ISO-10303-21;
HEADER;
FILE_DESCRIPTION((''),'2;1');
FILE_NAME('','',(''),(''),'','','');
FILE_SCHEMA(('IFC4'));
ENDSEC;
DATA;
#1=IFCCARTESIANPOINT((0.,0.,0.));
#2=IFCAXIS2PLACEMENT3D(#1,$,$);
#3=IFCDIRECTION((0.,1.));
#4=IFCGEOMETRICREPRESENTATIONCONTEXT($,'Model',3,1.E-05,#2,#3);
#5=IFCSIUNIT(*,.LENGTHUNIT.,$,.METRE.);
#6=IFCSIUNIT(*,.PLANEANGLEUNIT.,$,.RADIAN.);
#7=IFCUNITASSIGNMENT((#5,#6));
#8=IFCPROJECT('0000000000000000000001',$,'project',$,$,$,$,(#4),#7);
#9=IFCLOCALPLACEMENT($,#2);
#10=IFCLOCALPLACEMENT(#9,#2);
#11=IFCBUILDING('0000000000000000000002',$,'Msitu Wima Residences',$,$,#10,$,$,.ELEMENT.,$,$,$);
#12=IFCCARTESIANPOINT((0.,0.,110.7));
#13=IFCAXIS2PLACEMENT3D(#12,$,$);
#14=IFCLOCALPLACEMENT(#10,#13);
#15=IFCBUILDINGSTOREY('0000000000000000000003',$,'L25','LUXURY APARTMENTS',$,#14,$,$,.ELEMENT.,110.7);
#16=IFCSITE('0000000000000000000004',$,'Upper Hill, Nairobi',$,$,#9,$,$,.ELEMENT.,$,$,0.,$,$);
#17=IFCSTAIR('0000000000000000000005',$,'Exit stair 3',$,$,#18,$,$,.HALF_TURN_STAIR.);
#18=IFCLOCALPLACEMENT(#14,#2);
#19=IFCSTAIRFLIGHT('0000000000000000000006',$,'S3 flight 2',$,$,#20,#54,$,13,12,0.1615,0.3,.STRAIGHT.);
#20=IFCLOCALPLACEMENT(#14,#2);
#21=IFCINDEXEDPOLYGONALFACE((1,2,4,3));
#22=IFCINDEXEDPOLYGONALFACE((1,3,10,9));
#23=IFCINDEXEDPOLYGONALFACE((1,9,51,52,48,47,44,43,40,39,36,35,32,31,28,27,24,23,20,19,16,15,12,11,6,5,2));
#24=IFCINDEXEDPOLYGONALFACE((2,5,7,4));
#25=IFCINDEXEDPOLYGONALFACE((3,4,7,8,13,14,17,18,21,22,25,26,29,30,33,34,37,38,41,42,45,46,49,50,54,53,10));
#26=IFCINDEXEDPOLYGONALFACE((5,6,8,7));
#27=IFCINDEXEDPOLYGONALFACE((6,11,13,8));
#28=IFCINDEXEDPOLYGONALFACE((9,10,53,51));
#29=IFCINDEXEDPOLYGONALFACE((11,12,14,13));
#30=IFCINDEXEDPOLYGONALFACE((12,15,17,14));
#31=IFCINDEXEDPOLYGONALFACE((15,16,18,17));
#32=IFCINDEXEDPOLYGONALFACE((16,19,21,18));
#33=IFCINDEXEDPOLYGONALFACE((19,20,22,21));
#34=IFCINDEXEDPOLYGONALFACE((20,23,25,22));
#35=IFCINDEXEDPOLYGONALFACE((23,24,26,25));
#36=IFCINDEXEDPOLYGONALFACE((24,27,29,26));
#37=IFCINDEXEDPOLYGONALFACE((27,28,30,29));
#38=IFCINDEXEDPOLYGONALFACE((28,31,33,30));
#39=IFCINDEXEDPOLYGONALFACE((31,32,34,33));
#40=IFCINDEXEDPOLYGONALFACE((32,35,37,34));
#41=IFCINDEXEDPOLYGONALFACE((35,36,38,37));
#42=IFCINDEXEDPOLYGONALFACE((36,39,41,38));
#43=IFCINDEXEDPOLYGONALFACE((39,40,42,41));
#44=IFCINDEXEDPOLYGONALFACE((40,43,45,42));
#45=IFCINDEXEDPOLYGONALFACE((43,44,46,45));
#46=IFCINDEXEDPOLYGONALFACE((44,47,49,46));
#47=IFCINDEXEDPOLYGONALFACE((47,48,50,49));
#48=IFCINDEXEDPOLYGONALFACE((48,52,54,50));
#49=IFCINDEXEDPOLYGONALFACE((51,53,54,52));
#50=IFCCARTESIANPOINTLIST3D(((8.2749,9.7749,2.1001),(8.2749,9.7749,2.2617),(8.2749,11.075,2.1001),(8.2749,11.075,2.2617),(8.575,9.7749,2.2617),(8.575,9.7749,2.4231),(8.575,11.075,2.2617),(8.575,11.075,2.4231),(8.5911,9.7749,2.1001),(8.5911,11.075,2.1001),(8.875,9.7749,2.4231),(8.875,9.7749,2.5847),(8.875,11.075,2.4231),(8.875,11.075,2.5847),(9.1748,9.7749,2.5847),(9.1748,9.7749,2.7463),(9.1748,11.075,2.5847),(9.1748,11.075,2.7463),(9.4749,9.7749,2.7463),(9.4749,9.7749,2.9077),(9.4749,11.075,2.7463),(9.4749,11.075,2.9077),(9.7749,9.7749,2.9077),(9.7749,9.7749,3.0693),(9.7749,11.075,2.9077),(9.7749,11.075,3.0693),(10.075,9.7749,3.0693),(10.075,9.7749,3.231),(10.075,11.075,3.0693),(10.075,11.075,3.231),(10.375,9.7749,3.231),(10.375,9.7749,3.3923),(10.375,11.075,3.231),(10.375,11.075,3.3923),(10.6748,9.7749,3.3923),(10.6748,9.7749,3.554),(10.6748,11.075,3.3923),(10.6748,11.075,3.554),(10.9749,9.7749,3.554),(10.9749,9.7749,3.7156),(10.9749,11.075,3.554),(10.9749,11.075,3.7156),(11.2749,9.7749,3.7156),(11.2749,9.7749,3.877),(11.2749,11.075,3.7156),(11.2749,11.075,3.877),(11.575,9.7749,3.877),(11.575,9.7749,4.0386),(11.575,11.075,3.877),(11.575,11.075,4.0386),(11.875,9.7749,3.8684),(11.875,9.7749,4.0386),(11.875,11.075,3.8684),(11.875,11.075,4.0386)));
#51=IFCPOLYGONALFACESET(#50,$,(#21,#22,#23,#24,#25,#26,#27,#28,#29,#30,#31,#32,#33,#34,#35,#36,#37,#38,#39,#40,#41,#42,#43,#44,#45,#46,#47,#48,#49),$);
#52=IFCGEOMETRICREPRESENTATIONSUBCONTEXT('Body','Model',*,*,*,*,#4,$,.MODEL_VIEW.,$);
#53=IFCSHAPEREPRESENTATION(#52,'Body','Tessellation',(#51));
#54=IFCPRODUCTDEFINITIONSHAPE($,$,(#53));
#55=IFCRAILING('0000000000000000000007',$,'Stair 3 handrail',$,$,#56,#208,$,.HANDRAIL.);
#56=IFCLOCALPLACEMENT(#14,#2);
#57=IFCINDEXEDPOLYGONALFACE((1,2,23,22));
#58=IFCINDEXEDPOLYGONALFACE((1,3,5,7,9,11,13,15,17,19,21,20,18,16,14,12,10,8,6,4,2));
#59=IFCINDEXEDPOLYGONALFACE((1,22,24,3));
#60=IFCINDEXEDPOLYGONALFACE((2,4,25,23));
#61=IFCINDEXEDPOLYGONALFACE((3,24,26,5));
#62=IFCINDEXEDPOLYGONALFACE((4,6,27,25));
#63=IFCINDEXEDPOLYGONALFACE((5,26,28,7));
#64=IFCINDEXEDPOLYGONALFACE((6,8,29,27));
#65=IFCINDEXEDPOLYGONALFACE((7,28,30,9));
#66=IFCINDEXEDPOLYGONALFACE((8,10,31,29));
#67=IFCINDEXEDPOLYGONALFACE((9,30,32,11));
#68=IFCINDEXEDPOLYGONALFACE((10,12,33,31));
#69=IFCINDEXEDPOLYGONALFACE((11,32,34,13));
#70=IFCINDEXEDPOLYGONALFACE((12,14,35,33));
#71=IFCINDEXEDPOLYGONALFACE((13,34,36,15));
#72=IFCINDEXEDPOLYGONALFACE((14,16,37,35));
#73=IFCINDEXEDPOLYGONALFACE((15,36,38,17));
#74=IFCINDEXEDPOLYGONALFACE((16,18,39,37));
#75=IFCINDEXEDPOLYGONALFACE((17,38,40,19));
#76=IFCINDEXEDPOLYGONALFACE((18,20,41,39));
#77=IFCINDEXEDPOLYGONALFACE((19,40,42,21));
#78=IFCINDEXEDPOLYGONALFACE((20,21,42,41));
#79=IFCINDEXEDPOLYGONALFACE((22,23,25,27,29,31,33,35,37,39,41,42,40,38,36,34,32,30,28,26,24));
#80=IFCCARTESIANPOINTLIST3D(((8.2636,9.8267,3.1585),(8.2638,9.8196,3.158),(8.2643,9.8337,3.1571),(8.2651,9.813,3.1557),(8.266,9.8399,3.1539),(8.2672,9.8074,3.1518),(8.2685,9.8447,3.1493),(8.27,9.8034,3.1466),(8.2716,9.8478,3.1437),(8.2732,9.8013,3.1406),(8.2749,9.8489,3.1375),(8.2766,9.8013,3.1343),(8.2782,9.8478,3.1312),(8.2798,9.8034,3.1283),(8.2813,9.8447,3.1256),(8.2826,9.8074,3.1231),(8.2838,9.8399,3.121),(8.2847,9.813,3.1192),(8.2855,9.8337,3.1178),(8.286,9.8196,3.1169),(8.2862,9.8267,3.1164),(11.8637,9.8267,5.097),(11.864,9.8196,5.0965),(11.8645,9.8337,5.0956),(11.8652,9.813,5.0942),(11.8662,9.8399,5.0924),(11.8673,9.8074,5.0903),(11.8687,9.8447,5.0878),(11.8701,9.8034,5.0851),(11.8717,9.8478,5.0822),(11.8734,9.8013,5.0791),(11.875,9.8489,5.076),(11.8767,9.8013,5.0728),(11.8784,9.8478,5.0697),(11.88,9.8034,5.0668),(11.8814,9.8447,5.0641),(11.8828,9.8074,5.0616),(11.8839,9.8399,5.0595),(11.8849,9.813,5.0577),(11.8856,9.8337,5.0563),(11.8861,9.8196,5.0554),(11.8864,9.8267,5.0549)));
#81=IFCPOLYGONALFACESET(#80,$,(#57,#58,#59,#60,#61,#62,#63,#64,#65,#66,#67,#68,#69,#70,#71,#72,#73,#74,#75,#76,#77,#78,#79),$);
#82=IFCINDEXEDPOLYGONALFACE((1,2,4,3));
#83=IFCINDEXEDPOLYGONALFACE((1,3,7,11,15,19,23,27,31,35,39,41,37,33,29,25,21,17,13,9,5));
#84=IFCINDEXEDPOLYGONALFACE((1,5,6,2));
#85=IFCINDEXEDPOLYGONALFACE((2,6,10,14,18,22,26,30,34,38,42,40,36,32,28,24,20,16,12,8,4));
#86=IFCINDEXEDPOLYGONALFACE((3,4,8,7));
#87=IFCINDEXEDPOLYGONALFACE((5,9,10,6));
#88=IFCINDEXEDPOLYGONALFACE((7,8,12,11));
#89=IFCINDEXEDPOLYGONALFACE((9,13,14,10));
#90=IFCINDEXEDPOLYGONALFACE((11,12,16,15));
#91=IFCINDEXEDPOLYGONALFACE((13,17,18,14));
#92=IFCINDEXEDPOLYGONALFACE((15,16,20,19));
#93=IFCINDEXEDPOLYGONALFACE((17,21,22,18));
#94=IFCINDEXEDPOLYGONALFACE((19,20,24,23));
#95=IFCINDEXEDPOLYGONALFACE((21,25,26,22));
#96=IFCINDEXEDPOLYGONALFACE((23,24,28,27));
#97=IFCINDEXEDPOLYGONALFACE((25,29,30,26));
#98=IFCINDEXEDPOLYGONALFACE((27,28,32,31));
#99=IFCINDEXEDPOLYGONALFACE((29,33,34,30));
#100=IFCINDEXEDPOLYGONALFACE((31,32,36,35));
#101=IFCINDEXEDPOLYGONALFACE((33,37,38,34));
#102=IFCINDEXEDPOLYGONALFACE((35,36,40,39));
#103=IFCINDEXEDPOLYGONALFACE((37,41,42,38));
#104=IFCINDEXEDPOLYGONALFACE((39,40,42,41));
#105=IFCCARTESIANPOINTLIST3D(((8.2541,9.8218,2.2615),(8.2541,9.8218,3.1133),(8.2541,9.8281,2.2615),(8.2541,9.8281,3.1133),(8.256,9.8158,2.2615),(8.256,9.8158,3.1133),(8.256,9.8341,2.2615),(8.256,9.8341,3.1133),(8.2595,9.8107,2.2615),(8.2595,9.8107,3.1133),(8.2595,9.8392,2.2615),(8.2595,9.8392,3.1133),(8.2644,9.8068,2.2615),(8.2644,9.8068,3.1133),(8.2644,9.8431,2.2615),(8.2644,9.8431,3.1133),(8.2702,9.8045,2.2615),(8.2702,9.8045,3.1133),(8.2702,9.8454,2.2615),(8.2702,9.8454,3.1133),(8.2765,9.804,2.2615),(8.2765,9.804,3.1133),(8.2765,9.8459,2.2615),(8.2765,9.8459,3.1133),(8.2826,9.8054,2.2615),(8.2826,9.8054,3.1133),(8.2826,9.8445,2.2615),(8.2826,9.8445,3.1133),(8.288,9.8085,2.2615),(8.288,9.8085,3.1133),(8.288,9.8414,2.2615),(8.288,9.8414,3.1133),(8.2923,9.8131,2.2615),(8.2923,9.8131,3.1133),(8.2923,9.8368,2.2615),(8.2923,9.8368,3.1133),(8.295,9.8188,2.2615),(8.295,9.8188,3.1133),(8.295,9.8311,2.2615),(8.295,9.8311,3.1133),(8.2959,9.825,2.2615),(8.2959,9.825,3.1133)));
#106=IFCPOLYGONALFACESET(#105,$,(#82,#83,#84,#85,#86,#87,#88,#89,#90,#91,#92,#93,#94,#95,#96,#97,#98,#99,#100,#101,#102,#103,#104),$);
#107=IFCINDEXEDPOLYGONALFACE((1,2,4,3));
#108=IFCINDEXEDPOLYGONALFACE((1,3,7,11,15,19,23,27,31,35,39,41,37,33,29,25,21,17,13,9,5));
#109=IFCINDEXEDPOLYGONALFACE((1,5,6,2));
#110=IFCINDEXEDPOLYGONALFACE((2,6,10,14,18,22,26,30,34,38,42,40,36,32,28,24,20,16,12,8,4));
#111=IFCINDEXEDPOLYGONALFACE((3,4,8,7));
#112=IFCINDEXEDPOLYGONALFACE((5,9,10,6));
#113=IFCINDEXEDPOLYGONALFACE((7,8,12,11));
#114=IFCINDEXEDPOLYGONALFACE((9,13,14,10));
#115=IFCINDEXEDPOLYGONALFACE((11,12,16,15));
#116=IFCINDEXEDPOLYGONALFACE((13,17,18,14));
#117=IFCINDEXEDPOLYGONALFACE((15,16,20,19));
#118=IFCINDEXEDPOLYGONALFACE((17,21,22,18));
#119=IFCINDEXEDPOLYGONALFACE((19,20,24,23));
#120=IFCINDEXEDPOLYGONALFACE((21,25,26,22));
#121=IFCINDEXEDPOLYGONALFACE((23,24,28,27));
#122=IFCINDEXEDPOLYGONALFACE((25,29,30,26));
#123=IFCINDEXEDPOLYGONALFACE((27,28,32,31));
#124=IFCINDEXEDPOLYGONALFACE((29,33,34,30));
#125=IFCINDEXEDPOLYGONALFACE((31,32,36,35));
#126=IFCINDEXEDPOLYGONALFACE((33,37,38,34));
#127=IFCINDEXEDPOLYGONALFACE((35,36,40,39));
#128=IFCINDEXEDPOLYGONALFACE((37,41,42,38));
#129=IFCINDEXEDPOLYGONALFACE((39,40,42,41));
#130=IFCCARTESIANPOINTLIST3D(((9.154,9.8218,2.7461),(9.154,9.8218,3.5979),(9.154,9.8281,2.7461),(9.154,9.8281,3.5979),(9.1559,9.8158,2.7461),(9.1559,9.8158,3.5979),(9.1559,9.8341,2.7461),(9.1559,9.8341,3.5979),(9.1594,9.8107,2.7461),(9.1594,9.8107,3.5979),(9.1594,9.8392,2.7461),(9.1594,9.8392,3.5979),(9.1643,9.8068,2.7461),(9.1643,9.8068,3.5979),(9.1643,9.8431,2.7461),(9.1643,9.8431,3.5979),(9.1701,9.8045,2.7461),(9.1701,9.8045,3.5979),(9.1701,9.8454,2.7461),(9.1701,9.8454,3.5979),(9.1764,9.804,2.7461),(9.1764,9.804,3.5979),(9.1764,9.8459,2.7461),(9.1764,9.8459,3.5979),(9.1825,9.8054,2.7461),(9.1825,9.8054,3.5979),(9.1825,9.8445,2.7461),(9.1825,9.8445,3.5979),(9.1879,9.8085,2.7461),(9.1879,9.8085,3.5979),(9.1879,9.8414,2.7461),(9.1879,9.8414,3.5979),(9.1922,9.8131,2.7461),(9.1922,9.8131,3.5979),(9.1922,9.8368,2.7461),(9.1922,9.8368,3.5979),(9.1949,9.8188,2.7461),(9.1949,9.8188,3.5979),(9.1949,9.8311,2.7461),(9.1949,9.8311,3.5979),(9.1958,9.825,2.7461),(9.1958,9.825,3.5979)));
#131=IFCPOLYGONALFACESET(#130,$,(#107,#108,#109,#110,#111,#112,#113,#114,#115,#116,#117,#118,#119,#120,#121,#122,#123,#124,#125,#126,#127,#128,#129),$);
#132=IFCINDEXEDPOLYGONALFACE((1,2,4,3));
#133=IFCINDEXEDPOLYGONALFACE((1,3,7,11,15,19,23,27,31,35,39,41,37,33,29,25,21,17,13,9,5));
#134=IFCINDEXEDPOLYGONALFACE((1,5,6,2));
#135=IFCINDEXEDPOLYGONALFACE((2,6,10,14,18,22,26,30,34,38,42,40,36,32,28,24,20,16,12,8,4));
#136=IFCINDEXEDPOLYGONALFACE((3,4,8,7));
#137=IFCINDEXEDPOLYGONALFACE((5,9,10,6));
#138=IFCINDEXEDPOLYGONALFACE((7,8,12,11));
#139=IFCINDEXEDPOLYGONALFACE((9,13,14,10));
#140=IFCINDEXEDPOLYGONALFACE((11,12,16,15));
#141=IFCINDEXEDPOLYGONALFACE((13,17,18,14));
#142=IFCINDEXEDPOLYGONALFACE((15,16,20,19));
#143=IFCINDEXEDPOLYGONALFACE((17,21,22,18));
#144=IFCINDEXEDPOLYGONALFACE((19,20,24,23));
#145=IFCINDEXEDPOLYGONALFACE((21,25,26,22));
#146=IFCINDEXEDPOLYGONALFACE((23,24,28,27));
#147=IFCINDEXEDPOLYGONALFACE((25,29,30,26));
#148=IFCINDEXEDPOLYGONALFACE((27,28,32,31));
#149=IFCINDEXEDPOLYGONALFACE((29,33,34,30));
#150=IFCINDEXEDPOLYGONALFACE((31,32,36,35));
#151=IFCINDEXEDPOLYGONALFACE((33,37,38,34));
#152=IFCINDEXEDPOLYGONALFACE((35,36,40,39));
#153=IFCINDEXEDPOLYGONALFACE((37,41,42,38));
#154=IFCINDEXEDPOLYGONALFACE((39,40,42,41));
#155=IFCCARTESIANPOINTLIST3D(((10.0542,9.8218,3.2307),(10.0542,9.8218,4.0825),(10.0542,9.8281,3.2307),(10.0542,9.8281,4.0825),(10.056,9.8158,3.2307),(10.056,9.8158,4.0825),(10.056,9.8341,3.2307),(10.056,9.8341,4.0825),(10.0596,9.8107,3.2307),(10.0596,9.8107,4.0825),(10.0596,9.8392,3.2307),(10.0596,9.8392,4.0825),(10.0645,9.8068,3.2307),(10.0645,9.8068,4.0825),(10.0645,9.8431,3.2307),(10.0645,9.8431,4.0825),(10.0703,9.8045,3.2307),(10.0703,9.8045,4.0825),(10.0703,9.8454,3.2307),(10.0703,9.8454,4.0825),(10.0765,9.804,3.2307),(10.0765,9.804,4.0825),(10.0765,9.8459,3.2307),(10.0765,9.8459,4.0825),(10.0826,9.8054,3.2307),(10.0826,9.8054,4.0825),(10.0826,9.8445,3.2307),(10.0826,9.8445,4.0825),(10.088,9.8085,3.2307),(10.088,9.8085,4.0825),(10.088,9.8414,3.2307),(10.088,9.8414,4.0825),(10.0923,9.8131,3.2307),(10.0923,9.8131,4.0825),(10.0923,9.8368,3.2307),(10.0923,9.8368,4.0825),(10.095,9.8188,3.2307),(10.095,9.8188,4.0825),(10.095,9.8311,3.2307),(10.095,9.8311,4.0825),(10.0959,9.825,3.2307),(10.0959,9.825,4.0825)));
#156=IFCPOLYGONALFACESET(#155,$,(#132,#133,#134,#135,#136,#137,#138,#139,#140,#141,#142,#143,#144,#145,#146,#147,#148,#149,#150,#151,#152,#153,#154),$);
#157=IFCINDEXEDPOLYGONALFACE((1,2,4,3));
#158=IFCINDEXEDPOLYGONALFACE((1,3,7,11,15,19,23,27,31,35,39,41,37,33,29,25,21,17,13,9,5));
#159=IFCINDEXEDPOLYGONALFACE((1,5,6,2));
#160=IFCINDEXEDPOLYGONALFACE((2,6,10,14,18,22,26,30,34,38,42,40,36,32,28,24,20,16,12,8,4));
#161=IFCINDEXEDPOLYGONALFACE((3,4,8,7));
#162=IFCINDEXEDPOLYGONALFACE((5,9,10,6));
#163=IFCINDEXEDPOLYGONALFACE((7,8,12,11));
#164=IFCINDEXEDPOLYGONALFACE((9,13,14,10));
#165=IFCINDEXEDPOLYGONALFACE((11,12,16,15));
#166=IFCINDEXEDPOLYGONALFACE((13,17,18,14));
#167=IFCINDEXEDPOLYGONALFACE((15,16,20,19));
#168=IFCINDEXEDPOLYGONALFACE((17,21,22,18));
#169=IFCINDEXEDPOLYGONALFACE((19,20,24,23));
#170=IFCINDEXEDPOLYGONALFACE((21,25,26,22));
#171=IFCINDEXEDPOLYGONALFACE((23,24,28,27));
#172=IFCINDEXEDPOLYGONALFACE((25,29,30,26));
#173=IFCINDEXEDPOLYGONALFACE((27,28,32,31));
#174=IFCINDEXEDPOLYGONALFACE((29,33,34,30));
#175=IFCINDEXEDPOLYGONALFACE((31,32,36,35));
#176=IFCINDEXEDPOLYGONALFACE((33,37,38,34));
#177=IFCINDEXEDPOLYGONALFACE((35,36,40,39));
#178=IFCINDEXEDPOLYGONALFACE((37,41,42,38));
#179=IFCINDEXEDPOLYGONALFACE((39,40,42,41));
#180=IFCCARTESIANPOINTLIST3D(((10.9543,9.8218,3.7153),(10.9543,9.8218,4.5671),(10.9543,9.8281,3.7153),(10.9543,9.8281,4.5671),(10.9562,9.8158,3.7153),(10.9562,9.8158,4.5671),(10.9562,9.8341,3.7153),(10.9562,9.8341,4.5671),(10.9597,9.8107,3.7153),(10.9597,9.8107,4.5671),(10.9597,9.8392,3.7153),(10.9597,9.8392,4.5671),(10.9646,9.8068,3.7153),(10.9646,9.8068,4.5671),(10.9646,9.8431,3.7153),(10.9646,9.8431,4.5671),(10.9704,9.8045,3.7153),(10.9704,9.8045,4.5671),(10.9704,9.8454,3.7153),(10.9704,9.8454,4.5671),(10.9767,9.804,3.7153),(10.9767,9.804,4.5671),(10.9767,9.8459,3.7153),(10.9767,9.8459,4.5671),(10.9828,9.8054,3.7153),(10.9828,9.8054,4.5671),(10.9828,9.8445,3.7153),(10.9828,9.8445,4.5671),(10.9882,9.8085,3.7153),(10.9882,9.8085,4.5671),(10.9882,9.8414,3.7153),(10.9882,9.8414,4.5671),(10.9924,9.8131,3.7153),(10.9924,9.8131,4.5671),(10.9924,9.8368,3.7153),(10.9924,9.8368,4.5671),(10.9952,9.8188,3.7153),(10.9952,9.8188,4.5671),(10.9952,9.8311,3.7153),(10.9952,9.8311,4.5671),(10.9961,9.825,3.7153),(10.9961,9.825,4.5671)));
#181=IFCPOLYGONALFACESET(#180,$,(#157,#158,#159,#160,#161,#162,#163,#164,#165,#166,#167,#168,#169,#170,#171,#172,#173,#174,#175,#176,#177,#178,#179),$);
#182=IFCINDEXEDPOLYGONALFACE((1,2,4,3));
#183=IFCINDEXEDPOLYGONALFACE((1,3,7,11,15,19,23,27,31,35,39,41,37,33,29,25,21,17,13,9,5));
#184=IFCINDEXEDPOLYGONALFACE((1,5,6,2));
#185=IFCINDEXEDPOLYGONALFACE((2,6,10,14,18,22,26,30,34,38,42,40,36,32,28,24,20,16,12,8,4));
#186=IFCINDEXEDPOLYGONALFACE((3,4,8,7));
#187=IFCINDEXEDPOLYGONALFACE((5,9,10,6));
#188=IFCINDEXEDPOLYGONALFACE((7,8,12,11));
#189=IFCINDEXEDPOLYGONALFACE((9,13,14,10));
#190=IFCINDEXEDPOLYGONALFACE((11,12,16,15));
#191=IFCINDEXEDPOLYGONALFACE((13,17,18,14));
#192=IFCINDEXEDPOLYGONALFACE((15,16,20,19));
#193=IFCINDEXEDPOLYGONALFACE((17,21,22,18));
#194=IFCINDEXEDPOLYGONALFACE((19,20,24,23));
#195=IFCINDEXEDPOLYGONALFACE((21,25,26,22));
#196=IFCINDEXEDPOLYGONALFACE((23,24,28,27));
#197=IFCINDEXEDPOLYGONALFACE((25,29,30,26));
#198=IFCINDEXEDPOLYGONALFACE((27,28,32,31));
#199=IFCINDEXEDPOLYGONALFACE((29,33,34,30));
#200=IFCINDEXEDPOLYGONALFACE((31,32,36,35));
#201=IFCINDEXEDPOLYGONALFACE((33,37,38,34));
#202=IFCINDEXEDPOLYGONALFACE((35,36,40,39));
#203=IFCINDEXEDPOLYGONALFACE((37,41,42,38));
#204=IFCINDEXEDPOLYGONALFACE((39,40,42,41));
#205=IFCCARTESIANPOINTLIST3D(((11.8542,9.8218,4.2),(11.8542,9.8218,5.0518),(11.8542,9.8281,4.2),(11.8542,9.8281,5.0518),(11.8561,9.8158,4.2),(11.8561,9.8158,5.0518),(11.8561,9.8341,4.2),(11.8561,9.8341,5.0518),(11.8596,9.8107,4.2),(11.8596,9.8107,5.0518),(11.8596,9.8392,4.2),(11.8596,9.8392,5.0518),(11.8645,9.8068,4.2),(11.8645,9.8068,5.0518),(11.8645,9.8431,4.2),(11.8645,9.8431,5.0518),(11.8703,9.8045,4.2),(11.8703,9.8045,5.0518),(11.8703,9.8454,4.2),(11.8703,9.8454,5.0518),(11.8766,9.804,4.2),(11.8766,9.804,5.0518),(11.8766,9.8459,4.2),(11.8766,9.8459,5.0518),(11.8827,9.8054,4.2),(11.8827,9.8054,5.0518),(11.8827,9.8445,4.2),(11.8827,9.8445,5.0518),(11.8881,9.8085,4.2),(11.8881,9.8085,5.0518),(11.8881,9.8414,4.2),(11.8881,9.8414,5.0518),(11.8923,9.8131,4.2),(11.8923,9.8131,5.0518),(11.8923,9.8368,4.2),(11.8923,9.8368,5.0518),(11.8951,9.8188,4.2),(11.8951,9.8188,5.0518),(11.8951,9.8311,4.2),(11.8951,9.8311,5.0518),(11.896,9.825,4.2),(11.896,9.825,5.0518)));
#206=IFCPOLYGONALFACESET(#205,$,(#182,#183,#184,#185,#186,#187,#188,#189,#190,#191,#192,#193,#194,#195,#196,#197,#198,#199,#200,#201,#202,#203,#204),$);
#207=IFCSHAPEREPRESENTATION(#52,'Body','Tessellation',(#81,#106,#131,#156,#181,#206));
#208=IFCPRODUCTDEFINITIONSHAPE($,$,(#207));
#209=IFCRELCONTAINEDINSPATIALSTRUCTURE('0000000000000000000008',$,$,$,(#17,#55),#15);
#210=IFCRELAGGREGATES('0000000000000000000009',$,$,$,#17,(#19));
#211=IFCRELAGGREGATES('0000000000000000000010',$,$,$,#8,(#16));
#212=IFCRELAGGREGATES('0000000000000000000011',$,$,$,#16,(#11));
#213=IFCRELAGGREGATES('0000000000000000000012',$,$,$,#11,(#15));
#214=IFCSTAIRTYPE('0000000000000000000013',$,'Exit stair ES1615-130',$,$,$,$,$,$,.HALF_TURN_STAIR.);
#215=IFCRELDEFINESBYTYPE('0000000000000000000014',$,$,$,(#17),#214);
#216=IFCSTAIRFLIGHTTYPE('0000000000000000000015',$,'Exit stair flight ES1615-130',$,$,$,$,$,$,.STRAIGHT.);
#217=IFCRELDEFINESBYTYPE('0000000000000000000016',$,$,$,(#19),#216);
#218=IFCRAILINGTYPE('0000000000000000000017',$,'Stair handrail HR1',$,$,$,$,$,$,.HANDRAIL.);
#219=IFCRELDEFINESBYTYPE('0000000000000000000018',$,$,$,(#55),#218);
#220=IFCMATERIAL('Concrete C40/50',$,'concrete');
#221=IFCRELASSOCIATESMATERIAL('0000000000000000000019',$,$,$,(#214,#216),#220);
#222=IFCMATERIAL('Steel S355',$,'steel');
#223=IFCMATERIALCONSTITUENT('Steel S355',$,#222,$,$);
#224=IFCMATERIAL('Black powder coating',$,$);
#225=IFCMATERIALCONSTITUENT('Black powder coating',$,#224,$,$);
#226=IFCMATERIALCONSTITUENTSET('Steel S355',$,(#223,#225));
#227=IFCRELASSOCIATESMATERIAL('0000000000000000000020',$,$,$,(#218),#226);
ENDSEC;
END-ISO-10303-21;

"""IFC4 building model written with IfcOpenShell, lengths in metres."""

from ifc_helpers import new_model, si_unit, direction, frame, origin, origin_2d, place, context, subcontext, project, spatial, polyline, circle, outline, extrude, material, constituent, constituent_set, type_object, element, aggregate, save


model = new_model("IFC4")

# Units and contexts
model_context = context("Model", 3, precision=1e-05, world=origin(), true_north=direction((0.0, 1.0)))
body_context = subcontext(model_context, "Body", "Model", "MODEL_VIEW")
ifc_project = project(units=[si_unit("LENGTHUNIT", "METRE"), si_unit("PLANEANGLEUNIT", "RADIAN")], contexts=[model_context])

# Site, building, storey
site_placement = place(None, origin())
site = spatial("IfcSite", under=ifc_project, at=site_placement, Name="Upper Hill, Nairobi", CompositionType="ELEMENT", RefElevation=0.0)
building_placement = place(site_placement, origin())
building = spatial("IfcBuilding", under=site, at=building_placement, Name="Msitu Wima Residences", CompositionType="ELEMENT")
storey_placement = place(building_placement, frame((0.0, 0.0, 110.7)))
storey = spatial("IfcBuildingStorey", under=building, at=storey_placement, Name="L25", Description="LUXURY APARTMENTS", CompositionType="ELEMENT", Elevation=110.7)

# Shared definitions
ifc_material_1 = material(Name="Concrete C40/50", Category="concrete")

# Stair
stair_type = type_object("IfcStairType", Name="Exit stair ES1615-130", PredefinedType="HALF_TURN_STAIR", material=ifc_material_1)
stair_1_placement = place(storey_placement, origin())
stair_1 = element("IfcStair", 1, at=stair_1_placement, inside=storey, type_object=stair_type, Name="Exit stair 3", PredefinedType="HALF_TURN_STAIR")

# Stair flight
stair_flight_type = type_object("IfcStairFlightType", Name="Exit stair flight ES1615-130", PredefinedType="STRAIGHT", material=ifc_material_1)
stair_flight_placement = place(storey_placement, frame((8.2749, 10.425, 2.1001), z_axis=(0.0, 0.0, 1.0), x_axis=(1.0, 0.0, 0.0)))
stair_flight = element("IfcStairFlight", 2, at=stair_flight_placement, type_object=stair_flight_type, Name="S3 flight 2", NumberOfRisers=13, NumberOfTreads=12, PredefinedType="STRAIGHT", RiserHeight=0.1615, TreadLength=0.3, context=body_context, shape_type="SweptSolid", body=[
    extrude(outline(polyline([(0.0, 0.0), (0.0, 0.1616), (0.3, 0.1616), (0.3, 0.323), (0.6001, 0.323), (0.6001, 0.4846), (0.8999, 0.4846), (0.8999, 0.6462), (1.2, 0.6462), (1.2, 0.8076), (1.5, 0.8076), (1.5, 0.9692), (1.8, 0.9692), (1.8, 1.1309), (2.1001, 1.1309), (2.1001, 1.2922), (2.3999, 1.2922), (2.3999, 1.4539), (2.7, 1.4539), (2.7, 1.6155), (3.0, 1.6155), (3.0, 1.7769), (3.3, 1.7769), (3.3, 1.9385), (3.6001, 1.9385), (3.6001, 2.1001), (3.6001, 1.7683), (0.3162, 0.0), (0.0, 0.0)])), frame((0.0, 0.6499, 0.0), z_axis=(0.0, -1.0, 0.0), x_axis=(1.0, 0.0, 0.0)), (0.0, 0.0, 1.0), 1.3),
])
aggregate(stair_1, [stair_flight])

# Railing
ifc_material_2 = material(Name="Steel S355", Category="steel")
ifc_constituent_1 = constituent(ifc_material_2, Name="Steel S355")
ifc_material_3 = material(Name="Black powder coating")
ifc_constituent_2 = constituent(ifc_material_3, Name="Black powder coating")
ifc_constituent_set = constituent_set(constituents=[ifc_constituent_1, ifc_constituent_2], Name="Steel S355")
railing_type = type_object("IfcRailingType", Name="Stair handrail HR1", PredefinedType="HANDRAIL", material=ifc_constituent_set)
for number, where, name in (
    (3, (8.2749, 9.825, 2.2615), "Stair 3 handrail"),
):
    element("IfcRailing", number, at=place(storey_placement, frame(where)), inside=storey, type_object=railing_type, Name=name, PredefinedType="HANDRAIL", context=body_context, shape_type="SweptSolid", body=[
        extrude(circle(Radius=0.0239, at=origin_2d()), frame((0.0, 0.0, 0.876), z_axis=(0.880475, 0.0, 0.474093), x_axis=(0.0, 1.0, 0.0)), (0.0, 0.0, 1.0), 4.0889),
        extrude(circle(Radius=0.021, at=origin_2d()), origin(), (0.0, 0.0, 1.0), 0.8518),
        extrude(circle(Radius=0.021, at=origin_2d()), frame((0.8999, 0.0, 0.4846)), (0.0, 0.0, 1.0), 0.8518),
        extrude(circle(Radius=0.021, at=origin_2d()), frame((1.8, 0.0, 0.9692)), (0.0, 0.0, 1.0), 0.8518),
        extrude(circle(Radius=0.021, at=origin_2d()), frame((2.7002, 0.0, 1.4539)), (0.0, 0.0, 1.0), 0.8518),
        extrude(circle(Radius=0.021, at=origin_2d()), frame((3.6001, 0.0, 1.9385)), (0.0, 0.0, 1.0), 0.8518),
    ])

save(model, "model.ifc")
